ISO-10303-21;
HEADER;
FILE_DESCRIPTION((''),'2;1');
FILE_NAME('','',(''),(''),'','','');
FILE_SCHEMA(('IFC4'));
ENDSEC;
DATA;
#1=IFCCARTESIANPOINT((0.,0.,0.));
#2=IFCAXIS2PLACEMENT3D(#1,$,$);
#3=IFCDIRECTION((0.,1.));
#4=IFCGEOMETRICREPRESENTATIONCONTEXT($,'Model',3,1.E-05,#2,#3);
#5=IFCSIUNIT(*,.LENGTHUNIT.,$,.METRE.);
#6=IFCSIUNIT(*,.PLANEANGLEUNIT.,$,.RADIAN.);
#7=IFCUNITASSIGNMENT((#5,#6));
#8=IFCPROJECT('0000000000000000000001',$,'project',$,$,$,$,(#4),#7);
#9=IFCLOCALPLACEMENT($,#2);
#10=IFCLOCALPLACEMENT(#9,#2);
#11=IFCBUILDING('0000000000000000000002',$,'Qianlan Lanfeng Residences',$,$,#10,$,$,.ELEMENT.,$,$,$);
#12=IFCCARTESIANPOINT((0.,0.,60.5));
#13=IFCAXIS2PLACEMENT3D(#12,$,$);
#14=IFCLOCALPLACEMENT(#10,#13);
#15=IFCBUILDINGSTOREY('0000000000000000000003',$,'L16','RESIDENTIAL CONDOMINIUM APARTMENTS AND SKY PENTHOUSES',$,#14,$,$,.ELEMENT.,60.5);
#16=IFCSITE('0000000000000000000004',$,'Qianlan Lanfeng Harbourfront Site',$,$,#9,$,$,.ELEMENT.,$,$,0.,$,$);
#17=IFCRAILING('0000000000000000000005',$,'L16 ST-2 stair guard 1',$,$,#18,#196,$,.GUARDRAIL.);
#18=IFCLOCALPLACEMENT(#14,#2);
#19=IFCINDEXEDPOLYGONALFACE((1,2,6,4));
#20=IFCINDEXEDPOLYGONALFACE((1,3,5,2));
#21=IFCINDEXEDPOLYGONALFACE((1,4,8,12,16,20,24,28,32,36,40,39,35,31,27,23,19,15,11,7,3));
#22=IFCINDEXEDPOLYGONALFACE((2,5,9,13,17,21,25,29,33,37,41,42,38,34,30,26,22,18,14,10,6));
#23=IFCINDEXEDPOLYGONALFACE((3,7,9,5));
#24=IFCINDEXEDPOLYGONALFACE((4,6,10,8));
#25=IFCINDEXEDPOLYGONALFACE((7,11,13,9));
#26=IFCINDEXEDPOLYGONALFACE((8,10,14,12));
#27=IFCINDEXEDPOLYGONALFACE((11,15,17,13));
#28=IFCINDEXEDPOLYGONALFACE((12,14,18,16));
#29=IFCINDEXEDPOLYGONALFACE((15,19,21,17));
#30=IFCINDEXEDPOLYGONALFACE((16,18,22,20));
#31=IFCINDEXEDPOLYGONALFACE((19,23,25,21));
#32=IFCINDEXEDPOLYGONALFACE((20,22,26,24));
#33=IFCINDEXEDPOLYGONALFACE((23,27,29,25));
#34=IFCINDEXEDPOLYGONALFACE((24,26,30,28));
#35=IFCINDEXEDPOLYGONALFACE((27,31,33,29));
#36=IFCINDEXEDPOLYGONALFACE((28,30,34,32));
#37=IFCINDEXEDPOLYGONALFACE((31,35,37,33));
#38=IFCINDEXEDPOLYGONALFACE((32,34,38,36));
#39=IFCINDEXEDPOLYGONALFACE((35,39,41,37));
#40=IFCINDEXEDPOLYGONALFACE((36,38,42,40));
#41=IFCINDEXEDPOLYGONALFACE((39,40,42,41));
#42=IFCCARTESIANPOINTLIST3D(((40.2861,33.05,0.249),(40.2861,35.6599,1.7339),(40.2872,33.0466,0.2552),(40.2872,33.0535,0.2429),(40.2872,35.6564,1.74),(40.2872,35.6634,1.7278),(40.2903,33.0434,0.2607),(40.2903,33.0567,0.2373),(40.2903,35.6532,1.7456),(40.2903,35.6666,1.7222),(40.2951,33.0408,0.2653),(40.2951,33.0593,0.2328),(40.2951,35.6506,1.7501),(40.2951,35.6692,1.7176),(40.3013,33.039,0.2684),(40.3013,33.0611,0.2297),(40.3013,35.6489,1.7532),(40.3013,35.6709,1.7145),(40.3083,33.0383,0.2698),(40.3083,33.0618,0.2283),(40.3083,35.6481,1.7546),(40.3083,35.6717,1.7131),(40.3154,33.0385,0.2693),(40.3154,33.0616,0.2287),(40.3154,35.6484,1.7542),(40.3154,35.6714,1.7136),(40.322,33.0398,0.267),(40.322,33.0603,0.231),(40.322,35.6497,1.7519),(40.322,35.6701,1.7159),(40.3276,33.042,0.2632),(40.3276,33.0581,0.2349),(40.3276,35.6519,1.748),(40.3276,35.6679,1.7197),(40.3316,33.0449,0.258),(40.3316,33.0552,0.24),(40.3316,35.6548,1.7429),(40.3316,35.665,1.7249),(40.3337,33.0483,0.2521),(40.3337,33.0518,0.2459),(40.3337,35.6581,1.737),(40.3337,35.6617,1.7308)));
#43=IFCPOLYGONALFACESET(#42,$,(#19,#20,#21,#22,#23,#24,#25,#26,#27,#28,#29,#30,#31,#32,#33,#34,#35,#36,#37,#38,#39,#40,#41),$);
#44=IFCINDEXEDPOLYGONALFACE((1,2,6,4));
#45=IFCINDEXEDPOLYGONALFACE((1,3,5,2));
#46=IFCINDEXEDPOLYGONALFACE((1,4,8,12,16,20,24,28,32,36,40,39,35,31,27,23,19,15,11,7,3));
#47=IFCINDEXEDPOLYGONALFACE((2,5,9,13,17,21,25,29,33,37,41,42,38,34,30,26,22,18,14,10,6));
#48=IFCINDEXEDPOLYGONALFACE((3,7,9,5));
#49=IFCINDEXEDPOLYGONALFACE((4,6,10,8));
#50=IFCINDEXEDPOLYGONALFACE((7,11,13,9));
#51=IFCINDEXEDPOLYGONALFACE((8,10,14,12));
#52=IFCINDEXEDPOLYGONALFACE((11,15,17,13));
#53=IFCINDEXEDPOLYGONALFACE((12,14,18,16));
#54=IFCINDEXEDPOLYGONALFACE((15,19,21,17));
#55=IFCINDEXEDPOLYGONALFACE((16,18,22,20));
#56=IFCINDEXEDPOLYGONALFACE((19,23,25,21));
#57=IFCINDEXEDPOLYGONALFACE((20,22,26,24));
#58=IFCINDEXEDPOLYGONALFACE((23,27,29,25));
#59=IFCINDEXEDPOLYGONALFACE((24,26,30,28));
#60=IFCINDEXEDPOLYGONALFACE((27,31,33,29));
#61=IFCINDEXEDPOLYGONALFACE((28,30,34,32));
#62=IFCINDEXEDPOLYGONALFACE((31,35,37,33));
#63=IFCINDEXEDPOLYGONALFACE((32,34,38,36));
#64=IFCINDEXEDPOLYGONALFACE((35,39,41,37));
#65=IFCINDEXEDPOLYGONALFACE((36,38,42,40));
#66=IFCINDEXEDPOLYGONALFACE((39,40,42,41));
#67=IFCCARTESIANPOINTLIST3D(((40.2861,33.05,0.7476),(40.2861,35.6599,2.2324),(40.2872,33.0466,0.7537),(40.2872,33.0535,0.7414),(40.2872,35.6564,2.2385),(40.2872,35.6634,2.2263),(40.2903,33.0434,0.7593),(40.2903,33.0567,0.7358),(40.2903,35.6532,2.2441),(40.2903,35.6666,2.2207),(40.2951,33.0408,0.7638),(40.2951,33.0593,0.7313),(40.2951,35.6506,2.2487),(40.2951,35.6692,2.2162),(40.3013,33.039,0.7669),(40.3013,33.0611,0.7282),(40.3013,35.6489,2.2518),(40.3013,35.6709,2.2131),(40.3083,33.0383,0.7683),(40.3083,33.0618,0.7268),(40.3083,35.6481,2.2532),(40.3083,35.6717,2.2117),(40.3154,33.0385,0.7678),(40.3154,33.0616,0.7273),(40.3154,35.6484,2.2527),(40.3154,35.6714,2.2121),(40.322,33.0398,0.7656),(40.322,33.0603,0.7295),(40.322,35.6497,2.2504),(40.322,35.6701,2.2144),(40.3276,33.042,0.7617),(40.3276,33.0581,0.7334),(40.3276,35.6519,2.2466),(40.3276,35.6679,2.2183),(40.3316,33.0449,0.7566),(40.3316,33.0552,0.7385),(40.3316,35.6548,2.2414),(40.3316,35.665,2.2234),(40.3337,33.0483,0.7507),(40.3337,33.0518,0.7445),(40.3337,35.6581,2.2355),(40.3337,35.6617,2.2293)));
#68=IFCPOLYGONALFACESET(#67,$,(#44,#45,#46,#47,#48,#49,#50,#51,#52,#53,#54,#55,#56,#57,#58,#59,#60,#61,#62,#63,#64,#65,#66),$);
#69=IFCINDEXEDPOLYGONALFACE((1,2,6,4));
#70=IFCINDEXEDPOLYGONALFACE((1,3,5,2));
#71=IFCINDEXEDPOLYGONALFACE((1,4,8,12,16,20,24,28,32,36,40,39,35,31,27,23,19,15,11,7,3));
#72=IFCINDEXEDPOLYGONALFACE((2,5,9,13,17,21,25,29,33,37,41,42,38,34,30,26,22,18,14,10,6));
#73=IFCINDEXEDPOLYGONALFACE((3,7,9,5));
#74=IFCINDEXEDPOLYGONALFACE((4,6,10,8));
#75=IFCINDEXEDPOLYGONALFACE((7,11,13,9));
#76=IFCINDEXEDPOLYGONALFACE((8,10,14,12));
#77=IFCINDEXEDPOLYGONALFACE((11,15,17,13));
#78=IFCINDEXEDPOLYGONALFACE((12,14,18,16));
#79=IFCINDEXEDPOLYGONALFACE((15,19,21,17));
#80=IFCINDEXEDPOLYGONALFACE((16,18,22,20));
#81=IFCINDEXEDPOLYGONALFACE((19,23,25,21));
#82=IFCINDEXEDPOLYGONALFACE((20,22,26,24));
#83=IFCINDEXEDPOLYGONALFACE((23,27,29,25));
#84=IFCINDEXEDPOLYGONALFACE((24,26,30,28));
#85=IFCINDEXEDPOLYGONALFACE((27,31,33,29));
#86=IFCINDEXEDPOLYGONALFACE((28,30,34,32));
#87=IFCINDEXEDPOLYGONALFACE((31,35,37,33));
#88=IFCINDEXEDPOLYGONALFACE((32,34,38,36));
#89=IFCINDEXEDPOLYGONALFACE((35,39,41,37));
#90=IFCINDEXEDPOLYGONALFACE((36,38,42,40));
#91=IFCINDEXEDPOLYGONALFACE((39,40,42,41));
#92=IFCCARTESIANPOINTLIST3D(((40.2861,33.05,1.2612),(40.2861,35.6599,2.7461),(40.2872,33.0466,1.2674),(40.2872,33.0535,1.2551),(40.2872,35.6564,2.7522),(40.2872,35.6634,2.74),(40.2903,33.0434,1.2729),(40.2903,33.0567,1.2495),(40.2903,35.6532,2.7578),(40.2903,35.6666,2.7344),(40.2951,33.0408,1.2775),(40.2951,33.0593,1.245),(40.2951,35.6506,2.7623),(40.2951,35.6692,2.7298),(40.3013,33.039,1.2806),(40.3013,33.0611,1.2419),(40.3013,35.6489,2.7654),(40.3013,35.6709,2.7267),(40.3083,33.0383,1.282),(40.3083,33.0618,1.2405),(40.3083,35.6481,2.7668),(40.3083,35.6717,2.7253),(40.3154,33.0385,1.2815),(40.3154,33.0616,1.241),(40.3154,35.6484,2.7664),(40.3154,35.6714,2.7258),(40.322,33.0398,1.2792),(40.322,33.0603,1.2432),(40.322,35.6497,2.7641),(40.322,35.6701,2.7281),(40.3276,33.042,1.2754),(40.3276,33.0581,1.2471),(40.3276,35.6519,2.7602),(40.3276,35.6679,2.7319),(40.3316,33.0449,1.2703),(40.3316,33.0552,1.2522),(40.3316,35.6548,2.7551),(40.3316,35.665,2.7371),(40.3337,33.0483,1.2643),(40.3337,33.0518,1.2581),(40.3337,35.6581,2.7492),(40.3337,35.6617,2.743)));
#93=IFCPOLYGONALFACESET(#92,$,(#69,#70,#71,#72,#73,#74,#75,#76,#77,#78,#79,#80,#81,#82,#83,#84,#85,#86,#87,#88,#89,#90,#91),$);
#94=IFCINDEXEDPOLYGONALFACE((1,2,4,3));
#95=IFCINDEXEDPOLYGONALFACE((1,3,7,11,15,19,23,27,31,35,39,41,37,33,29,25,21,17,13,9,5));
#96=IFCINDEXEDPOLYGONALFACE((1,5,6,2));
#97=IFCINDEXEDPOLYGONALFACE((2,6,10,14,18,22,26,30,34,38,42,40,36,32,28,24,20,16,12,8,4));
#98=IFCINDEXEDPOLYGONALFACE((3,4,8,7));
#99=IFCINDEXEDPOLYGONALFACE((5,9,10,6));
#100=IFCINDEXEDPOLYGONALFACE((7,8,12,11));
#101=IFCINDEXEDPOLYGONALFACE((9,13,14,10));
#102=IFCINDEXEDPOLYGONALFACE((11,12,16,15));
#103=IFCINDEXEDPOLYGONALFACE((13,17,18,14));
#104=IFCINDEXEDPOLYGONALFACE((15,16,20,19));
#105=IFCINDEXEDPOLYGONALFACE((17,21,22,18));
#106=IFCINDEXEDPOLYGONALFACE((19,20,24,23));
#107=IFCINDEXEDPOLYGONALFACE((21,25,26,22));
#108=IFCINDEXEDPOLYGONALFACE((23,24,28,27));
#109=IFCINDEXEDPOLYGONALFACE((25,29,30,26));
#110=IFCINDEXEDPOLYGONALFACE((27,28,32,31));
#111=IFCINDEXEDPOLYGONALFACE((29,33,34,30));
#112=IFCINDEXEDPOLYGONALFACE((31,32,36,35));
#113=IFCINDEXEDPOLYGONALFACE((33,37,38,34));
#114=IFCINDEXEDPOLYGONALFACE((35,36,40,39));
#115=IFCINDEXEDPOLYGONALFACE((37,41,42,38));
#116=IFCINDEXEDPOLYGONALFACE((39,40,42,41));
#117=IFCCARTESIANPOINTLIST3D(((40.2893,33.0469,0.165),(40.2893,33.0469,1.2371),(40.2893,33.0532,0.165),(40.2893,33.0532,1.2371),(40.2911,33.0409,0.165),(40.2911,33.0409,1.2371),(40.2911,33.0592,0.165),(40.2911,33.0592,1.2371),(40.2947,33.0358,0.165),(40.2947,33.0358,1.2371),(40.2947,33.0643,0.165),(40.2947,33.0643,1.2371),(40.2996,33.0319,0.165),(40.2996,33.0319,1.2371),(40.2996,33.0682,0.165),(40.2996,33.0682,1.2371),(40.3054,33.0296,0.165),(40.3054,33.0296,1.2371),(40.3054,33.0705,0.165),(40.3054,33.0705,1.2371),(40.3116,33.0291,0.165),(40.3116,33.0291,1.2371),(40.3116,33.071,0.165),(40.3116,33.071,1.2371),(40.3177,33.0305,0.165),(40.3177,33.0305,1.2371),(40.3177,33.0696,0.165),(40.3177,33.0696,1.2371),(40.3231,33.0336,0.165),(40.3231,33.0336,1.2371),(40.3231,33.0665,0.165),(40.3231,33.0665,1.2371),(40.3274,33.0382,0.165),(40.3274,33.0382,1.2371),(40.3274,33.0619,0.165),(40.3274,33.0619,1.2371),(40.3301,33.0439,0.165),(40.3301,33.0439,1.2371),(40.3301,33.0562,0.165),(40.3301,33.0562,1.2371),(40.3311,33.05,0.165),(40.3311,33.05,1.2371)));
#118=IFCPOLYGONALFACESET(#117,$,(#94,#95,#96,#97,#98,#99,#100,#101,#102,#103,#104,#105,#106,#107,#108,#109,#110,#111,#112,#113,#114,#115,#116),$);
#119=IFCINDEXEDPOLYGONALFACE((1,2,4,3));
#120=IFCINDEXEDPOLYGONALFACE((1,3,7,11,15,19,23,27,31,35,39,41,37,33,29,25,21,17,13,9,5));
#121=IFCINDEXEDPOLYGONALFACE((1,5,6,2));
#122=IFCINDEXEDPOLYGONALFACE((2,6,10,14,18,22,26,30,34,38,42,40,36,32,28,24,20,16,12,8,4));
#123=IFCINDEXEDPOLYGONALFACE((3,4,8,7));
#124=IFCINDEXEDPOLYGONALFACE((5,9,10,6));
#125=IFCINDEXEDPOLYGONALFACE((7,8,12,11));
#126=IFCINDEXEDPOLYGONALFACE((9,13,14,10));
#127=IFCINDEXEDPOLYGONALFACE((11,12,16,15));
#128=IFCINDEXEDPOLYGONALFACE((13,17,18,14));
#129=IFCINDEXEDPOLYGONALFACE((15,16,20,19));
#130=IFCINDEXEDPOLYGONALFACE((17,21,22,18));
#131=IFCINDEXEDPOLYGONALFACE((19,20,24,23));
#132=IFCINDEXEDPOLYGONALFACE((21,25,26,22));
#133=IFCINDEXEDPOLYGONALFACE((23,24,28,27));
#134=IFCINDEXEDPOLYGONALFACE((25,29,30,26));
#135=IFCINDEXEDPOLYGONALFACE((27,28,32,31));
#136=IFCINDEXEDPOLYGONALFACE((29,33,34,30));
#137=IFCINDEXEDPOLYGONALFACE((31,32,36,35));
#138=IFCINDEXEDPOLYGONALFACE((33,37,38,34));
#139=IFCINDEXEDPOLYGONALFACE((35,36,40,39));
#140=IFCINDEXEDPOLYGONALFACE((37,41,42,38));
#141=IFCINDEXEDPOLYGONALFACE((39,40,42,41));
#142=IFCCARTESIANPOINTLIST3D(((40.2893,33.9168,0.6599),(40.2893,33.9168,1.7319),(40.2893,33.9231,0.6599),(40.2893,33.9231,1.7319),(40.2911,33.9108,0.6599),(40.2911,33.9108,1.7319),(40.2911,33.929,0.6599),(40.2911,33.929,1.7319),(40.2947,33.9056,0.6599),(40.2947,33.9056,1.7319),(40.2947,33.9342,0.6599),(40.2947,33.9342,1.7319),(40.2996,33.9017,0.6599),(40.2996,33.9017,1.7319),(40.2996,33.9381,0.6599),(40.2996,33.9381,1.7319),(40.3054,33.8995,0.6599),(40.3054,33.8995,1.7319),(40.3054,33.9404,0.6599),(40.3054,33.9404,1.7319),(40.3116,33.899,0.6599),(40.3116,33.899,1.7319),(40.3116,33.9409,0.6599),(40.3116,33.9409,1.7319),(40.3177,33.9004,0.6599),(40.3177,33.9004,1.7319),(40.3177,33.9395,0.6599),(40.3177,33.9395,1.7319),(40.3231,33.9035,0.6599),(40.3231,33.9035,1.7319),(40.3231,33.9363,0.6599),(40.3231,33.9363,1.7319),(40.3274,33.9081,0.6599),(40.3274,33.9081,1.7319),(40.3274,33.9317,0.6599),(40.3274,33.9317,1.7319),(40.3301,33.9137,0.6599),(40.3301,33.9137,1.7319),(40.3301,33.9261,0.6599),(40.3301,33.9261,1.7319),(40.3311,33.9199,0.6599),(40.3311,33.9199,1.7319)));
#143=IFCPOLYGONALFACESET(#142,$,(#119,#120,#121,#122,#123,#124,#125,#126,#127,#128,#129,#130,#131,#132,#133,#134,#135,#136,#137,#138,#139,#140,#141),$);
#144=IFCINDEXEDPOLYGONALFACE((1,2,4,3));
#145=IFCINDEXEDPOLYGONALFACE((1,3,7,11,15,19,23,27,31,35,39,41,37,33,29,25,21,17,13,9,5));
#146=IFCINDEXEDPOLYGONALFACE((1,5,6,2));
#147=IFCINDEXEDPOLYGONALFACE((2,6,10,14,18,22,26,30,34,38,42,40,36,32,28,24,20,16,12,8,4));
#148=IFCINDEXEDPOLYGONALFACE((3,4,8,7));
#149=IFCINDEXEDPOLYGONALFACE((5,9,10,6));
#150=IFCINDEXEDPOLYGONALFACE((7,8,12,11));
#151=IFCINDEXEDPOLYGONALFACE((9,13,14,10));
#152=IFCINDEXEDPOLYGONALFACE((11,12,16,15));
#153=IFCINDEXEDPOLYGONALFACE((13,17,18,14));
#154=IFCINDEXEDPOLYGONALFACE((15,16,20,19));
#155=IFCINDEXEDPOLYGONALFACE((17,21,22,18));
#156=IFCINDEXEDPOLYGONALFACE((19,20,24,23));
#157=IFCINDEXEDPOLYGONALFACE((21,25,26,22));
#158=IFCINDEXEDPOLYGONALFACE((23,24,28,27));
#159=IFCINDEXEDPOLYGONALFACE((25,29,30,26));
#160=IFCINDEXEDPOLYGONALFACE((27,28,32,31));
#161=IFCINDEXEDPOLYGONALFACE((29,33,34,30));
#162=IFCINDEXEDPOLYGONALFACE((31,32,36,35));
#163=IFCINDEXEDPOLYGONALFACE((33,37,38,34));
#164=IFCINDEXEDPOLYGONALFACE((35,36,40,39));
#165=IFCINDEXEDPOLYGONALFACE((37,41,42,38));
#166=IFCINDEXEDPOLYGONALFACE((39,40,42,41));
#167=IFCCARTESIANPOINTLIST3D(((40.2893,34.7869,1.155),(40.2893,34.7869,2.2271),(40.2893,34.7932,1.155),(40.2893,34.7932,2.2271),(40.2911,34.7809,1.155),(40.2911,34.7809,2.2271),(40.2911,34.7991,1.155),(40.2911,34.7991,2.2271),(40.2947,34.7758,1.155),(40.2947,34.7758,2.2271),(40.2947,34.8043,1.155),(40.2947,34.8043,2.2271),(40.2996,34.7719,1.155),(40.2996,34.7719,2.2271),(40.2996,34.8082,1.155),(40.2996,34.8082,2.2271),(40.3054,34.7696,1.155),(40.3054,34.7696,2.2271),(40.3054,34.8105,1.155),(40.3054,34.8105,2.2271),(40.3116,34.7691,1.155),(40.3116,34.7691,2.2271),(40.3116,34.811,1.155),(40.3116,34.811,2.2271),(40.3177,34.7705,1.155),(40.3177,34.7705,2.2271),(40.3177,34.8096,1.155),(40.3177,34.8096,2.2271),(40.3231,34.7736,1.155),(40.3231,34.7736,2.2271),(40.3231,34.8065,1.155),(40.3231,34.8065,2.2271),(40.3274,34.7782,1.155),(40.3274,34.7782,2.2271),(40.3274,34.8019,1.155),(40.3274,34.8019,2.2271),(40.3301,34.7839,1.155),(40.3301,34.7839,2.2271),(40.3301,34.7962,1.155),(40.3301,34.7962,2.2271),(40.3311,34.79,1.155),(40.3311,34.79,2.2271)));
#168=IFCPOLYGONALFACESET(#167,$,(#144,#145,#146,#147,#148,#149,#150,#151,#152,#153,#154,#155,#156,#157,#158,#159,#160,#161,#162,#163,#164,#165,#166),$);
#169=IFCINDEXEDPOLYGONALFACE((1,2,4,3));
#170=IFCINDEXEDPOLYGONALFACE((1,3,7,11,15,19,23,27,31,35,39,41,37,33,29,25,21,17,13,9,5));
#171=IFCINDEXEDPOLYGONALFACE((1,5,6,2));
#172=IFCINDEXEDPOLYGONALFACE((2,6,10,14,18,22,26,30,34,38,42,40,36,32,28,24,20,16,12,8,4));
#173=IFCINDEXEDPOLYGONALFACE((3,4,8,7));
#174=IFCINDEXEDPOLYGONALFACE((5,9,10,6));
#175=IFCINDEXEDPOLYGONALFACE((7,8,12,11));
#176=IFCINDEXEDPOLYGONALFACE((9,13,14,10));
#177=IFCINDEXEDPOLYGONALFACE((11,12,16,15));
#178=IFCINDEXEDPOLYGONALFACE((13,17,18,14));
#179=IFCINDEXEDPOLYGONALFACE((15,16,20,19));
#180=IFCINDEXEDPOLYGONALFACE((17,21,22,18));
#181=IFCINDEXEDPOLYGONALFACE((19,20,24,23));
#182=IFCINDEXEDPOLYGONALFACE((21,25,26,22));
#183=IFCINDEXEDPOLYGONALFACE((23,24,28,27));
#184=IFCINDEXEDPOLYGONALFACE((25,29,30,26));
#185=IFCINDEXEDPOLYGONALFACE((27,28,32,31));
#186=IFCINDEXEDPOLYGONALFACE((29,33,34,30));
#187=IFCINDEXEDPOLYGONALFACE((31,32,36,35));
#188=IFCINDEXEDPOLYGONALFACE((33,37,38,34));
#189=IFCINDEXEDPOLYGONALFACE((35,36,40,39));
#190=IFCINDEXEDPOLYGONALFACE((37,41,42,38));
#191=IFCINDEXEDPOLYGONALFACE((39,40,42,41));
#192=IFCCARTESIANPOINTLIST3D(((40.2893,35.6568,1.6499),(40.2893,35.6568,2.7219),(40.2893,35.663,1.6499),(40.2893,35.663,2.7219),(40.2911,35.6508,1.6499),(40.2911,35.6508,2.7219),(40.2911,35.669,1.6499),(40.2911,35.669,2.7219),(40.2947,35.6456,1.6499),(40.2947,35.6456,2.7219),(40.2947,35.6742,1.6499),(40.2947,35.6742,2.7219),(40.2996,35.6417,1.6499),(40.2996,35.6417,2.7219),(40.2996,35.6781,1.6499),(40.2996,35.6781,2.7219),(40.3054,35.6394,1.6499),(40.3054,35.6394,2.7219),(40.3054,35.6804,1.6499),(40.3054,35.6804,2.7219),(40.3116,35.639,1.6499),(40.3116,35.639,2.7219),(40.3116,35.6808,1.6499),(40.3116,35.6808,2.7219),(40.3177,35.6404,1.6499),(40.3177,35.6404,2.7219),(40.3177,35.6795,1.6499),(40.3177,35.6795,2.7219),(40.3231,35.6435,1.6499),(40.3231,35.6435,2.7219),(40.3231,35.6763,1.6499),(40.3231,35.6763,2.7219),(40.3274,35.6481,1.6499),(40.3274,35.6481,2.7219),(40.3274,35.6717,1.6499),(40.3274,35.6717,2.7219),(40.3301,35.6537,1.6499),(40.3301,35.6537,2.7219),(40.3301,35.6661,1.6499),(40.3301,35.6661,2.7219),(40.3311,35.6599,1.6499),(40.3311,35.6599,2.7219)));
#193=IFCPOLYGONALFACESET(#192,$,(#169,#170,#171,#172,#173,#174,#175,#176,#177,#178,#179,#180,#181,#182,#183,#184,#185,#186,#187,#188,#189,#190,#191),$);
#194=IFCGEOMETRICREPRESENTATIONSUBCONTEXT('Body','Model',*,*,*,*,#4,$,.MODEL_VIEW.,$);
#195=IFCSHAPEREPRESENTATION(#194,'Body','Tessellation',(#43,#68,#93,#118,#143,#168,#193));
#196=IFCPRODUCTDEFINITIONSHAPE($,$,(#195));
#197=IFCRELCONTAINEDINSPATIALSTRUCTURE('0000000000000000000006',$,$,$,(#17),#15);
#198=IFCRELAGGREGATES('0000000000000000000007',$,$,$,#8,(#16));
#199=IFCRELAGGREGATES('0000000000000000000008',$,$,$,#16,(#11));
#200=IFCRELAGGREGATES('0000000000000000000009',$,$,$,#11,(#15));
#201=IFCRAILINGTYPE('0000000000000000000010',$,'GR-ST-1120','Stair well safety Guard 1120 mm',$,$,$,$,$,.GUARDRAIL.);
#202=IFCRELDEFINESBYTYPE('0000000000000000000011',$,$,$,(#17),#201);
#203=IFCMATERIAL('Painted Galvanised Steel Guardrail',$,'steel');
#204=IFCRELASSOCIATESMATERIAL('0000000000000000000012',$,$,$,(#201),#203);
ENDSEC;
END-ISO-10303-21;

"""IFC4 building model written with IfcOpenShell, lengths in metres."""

from ifc_helpers import new_model, si_unit, direction, frame, origin, origin_2d, place, context, subcontext, project, spatial, circle, extrude, material, type_object, element, save


model = new_model("IFC4")

# Units and contexts
model_context = context("Model", 3, precision=1e-05, world=origin(), true_north=direction((0.0, 1.0)))
body_context = subcontext(model_context, "Body", "Model", "MODEL_VIEW")
ifc_project = project(units=[si_unit("LENGTHUNIT", "METRE"), si_unit("PLANEANGLEUNIT", "RADIAN")], contexts=[model_context])

# Site, building, storey
site_placement = place(None, origin())
site = spatial("IfcSite", under=ifc_project, at=site_placement, Name="Qianlan Lanfeng Harbourfront Site", CompositionType="ELEMENT", RefElevation=0.0)
building_placement = place(site_placement, origin())
building = spatial("IfcBuilding", under=site, at=building_placement, Name="Qianlan Lanfeng Residences", CompositionType="ELEMENT")
storey_placement = place(building_placement, frame((0.0, 0.0, 60.5)))
storey = spatial("IfcBuildingStorey", under=building, at=storey_placement, Name="L16", Description="RESIDENTIAL CONDOMINIUM APARTMENTS AND SKY PENTHOUSES", CompositionType="ELEMENT", Elevation=60.5)

# Railing
ifc_material_1 = material(Name="Painted Galvanised Steel Guardrail", Category="steel")
railing_type_1 = type_object("IfcRailingType", Name="GR-ST-1120", Description="Stair well safety Guard 1120 mm", PredefinedType="GUARDRAIL", material=ifc_material_1)
railing_1_placement = place(storey_placement, frame((40.3101, 33.05, 0.165)))
element("IfcRailing", 1, at=railing_1_placement, inside=storey, type_object=railing_type_1, Name="L16 ST-2 stair guard 1", PredefinedType="GUARDRAIL", context=body_context, shape_type="SweptSolid", body=[
    extrude(circle(Radius=0.0239, at=origin_2d()), frame((0.0, 0.0, 0.084), z_axis=(0.0, 0.869172, 0.494509), x_axis=(-1.0, 0.0, 0.0)), (0.0, 0.0, 1.0), 3.0027),
    extrude(circle(Radius=0.0239, at=origin_2d()), frame((0.0, 0.0, 0.5825), z_axis=(0.0, 0.869172, 0.494509), x_axis=(-1.0, 0.0, 0.0)), (0.0, 0.0, 1.0), 3.0027),
    extrude(circle(Radius=0.0239, at=origin_2d()), frame((0.0, 0.0, 1.0962), z_axis=(0.0, 0.869172, 0.494509), x_axis=(-1.0, 0.0, 0.0)), (0.0, 0.0, 1.0), 3.0027),
    extrude(circle(Radius=0.021, at=origin_2d()), origin(), (0.0, 0.0, 1.0), 1.072),
    extrude(circle(Radius=0.021, at=origin_2d()), frame((0.0, 0.8699, 0.4949)), (0.0, 0.0, 1.0), 1.072),
    extrude(circle(Radius=0.021, at=origin_2d()), frame((0.0, 1.74, 0.99)), (0.0, 0.0, 1.0), 1.072),
    extrude(circle(Radius=0.021, at=origin_2d()), frame((0.0, 2.6099, 1.4849)), (0.0, 0.0, 1.0), 1.072),
])

save(model, "model.ifc")
